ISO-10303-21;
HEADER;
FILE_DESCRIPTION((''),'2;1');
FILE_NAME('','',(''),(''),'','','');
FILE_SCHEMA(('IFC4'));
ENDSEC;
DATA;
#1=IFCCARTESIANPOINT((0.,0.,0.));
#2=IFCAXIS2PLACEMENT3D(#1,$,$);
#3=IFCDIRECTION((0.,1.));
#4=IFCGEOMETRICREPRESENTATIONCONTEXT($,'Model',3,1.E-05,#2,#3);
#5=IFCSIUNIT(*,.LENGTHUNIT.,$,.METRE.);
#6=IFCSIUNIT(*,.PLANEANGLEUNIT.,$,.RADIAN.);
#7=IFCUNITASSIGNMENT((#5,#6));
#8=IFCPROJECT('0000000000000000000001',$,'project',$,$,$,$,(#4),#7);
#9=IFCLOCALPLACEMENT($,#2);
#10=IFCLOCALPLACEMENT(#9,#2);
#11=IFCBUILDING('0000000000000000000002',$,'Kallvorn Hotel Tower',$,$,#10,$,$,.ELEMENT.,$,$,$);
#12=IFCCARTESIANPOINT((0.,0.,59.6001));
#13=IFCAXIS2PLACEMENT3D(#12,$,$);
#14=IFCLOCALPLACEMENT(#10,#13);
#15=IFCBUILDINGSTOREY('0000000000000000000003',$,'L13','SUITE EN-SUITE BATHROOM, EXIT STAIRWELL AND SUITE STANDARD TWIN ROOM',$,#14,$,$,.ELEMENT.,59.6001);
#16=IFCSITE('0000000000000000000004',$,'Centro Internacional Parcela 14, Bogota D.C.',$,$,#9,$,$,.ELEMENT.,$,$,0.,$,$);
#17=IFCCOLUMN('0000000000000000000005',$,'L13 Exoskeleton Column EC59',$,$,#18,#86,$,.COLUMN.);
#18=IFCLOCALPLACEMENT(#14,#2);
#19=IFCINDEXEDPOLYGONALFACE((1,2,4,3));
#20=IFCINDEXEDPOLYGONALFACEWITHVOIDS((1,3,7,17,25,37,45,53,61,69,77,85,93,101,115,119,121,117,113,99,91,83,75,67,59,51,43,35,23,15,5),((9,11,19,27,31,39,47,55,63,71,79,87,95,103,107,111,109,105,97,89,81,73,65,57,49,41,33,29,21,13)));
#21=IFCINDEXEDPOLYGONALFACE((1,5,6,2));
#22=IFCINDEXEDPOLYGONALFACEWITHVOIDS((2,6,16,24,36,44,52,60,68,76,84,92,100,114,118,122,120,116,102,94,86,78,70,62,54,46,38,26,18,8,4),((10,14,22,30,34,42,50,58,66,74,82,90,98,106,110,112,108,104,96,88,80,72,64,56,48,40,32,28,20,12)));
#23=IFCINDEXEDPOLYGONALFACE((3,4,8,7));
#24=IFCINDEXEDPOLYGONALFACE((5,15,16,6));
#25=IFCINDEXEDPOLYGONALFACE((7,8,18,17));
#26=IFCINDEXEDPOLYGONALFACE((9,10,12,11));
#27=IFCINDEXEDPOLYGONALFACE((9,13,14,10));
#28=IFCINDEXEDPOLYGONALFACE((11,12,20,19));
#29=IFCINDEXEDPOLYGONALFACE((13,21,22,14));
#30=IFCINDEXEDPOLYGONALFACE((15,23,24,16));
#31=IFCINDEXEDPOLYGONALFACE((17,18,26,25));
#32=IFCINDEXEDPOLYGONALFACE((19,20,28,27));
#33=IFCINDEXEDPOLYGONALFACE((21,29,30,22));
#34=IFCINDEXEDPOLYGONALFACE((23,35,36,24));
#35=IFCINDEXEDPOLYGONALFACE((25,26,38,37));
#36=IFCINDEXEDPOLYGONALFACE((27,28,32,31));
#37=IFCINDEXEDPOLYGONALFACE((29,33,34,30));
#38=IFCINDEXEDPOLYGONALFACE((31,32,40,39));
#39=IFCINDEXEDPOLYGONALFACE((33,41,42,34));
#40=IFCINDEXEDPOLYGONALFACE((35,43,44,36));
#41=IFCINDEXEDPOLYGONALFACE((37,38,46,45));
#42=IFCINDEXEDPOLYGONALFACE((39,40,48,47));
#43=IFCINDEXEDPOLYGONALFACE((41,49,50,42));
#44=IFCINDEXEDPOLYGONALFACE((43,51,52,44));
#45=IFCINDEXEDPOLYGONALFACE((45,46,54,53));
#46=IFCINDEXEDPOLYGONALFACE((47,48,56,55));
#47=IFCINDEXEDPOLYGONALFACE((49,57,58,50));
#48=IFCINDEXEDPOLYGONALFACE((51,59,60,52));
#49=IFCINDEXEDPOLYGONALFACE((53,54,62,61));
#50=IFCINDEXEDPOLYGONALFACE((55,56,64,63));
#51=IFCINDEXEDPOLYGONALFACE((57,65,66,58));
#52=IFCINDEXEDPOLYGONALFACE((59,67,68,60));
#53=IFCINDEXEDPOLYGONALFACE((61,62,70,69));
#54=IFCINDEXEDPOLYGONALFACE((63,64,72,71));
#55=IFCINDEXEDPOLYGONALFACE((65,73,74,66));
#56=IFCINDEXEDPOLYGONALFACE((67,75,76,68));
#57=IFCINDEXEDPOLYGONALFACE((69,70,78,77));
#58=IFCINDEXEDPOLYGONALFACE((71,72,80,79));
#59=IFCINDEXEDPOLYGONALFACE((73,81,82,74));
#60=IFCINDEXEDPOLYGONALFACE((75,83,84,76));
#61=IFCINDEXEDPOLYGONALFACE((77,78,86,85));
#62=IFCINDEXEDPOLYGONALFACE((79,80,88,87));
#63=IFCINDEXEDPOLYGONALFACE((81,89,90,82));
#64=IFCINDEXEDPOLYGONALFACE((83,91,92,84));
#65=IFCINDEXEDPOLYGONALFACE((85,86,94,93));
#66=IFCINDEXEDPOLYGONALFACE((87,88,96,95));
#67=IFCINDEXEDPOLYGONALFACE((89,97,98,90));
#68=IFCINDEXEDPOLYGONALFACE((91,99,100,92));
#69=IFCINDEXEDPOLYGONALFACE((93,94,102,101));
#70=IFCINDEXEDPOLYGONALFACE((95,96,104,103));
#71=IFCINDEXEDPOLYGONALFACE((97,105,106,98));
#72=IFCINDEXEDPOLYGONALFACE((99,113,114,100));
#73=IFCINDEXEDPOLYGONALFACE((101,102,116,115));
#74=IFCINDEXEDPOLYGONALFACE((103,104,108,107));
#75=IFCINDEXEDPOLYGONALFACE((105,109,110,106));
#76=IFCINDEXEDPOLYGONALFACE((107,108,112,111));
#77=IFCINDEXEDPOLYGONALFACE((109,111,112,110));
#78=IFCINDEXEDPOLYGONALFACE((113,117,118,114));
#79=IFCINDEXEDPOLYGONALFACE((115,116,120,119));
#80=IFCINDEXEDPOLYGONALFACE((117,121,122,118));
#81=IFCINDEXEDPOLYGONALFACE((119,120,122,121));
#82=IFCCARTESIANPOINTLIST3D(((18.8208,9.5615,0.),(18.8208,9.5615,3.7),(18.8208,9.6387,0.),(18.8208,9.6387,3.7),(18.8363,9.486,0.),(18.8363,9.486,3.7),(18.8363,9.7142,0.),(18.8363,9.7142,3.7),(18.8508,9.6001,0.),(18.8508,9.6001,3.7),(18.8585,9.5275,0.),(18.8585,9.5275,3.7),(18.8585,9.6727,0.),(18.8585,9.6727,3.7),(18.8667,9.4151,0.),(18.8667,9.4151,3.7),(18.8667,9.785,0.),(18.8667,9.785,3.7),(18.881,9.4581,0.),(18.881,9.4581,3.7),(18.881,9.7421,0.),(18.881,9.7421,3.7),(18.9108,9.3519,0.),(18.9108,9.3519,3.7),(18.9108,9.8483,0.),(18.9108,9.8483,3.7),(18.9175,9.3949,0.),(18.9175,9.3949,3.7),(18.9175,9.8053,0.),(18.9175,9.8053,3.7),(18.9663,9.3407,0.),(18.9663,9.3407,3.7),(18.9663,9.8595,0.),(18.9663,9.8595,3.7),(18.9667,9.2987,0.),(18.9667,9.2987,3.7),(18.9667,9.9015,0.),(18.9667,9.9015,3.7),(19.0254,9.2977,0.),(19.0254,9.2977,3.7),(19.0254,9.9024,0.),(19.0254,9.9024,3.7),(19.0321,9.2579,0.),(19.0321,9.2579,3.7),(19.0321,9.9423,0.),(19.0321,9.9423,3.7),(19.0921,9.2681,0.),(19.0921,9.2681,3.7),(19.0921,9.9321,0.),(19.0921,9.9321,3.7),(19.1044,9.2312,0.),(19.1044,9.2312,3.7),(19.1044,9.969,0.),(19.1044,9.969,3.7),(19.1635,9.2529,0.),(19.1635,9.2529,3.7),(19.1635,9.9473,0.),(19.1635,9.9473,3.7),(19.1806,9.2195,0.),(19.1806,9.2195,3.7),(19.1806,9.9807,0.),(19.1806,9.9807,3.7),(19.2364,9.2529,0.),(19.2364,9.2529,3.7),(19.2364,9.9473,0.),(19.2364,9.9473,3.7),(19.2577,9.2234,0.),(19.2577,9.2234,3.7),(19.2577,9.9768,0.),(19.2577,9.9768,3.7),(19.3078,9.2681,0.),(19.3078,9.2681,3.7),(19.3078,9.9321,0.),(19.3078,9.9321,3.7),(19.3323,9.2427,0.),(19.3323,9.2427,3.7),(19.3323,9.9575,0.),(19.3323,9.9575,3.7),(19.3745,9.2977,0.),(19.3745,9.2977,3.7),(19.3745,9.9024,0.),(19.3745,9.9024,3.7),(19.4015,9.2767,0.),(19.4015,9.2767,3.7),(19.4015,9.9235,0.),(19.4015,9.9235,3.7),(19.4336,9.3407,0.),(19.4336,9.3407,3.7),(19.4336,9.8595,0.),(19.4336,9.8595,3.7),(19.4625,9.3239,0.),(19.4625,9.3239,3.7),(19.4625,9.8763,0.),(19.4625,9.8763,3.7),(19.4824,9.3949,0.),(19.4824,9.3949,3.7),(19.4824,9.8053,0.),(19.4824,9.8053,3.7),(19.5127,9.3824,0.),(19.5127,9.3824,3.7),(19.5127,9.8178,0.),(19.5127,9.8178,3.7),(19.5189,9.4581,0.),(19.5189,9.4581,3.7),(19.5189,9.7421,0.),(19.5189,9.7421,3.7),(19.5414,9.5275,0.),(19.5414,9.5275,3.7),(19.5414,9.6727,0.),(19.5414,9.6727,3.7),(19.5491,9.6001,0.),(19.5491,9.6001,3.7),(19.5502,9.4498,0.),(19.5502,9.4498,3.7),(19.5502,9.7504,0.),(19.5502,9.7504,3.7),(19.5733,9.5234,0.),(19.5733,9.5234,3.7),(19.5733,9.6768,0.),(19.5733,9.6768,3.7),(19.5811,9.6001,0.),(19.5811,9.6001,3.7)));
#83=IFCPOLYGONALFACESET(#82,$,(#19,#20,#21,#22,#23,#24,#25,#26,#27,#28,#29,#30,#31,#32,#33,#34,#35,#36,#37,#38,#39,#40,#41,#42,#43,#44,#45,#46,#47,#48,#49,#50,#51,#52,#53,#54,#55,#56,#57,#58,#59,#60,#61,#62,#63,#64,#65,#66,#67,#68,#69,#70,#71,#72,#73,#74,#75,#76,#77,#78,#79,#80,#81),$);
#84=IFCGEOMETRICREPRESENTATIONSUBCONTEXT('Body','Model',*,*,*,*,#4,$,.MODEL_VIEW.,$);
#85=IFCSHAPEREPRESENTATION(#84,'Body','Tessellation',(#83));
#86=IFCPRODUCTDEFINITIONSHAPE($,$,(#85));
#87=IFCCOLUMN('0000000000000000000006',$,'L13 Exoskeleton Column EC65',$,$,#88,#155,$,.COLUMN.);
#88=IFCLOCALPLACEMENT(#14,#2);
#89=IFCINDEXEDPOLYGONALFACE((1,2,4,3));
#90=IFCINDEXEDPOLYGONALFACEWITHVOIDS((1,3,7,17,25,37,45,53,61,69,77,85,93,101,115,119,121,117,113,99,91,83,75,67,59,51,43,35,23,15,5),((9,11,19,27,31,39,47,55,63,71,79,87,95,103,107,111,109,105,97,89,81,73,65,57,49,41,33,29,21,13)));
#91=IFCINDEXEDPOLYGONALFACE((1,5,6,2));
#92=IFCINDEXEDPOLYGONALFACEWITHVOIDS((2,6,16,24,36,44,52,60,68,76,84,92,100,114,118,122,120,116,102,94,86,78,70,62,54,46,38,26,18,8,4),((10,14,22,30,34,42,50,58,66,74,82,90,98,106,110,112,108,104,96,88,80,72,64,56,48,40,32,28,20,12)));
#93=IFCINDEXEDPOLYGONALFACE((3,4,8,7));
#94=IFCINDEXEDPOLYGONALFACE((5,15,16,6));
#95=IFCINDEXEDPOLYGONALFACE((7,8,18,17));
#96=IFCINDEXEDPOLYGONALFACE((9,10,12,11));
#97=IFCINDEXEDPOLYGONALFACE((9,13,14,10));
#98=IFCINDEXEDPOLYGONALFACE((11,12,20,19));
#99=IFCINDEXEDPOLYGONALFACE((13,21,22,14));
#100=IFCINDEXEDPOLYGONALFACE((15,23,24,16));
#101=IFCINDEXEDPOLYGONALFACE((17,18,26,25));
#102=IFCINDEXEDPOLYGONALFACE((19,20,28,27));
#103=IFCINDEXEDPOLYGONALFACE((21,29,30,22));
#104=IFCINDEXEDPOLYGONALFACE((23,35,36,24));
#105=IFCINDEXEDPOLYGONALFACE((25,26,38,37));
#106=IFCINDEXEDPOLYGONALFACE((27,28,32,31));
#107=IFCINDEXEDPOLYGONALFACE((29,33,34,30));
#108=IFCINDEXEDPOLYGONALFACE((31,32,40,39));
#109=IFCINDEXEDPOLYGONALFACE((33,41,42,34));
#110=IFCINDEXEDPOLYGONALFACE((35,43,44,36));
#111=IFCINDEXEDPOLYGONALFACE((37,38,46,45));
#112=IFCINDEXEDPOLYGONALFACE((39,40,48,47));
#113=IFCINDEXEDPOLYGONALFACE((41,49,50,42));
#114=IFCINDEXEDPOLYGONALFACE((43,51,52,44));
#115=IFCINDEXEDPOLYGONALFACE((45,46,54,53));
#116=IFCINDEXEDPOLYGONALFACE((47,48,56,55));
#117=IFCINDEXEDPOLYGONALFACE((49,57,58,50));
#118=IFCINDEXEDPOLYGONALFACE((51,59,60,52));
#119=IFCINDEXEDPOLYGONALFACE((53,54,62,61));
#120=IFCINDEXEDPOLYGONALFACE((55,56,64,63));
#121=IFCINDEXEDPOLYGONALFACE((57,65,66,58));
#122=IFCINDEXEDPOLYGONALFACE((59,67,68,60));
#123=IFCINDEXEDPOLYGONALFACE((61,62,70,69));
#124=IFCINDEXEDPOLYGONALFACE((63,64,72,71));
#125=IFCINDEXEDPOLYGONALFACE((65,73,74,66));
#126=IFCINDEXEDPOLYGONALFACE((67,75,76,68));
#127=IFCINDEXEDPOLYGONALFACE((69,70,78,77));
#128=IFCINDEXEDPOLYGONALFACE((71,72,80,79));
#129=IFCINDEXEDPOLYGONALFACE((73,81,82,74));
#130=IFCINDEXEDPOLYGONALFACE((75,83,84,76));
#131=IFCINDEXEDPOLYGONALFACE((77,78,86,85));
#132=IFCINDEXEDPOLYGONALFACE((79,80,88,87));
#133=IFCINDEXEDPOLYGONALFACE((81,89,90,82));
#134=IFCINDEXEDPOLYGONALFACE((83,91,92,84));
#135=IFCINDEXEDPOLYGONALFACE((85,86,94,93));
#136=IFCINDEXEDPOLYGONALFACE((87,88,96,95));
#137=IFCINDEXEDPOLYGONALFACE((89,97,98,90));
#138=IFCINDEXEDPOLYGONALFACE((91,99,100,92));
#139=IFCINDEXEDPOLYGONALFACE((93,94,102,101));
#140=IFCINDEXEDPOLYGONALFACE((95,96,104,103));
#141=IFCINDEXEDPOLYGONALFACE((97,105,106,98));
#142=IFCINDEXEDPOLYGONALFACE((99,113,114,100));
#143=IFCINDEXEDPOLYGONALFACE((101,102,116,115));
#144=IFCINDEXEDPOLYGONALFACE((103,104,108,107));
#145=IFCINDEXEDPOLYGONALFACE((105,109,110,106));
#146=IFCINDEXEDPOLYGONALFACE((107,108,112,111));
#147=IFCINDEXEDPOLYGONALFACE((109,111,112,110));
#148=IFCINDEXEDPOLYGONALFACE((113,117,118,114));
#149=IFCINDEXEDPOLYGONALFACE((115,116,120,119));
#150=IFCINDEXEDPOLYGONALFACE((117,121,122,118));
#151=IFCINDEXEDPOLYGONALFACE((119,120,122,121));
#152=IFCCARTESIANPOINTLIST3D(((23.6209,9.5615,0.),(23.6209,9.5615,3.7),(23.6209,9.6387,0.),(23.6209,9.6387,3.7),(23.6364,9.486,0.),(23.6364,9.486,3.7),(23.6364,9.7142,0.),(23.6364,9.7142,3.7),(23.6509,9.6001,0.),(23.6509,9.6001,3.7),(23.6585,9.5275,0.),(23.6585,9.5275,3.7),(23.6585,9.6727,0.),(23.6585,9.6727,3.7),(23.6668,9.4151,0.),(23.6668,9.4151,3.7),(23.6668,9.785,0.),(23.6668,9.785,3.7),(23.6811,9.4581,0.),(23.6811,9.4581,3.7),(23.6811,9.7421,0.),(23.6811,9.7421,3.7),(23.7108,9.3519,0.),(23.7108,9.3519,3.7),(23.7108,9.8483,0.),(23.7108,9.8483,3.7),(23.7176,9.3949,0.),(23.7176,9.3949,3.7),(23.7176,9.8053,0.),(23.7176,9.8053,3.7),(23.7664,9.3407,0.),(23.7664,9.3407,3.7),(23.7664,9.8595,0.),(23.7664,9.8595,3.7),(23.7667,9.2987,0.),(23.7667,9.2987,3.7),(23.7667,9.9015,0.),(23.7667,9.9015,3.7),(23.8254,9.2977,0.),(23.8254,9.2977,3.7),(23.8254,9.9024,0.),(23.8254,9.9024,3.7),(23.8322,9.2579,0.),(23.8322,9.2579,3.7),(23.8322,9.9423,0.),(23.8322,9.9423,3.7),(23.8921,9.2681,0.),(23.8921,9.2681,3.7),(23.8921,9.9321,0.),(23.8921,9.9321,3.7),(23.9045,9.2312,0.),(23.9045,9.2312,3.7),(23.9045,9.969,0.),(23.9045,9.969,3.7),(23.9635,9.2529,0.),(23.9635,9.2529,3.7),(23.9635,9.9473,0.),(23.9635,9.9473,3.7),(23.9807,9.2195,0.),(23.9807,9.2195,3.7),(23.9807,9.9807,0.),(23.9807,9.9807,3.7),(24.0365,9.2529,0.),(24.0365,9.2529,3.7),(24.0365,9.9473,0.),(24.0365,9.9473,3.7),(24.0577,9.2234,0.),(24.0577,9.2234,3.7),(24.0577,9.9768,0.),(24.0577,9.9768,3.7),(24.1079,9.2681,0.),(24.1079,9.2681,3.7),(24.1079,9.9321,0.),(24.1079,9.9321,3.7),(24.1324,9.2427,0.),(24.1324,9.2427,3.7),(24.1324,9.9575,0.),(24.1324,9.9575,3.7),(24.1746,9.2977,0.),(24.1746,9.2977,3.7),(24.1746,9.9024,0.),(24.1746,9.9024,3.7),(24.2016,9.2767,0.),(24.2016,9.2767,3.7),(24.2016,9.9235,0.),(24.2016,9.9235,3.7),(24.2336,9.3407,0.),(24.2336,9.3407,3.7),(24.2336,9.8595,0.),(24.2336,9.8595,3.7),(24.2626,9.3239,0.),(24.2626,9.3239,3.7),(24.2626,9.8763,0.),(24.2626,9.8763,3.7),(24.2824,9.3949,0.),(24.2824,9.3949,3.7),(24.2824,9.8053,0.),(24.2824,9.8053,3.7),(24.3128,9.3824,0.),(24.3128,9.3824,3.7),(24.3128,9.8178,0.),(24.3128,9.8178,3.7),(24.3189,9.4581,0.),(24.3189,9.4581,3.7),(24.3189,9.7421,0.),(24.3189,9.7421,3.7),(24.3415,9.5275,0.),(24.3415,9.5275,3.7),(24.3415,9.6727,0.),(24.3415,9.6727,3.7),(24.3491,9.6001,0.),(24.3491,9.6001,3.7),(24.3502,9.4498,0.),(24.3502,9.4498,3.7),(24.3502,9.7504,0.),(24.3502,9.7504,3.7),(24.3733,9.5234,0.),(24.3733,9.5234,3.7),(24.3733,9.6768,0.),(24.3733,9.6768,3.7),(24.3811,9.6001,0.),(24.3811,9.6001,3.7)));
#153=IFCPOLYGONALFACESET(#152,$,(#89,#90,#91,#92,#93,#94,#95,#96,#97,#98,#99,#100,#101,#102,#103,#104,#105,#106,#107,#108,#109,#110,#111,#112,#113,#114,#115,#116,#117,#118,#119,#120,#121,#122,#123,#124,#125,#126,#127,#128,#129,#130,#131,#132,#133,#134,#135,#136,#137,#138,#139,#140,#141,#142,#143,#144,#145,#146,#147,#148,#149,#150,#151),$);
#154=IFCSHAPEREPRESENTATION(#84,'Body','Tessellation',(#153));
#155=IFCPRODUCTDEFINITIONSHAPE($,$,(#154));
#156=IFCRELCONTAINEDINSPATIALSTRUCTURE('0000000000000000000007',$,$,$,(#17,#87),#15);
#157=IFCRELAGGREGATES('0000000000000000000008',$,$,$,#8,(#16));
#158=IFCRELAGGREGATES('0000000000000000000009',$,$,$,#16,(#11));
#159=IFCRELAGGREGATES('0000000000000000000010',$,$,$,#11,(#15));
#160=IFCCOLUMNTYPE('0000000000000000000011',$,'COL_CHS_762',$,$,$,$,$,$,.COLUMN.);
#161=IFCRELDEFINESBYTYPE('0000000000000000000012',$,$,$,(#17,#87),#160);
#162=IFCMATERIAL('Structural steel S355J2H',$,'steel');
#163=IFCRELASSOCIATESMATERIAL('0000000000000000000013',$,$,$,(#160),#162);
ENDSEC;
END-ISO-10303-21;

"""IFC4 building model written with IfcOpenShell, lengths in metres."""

from ifc_helpers import new_model, si_unit, direction, frame, origin, origin_2d, place, context, subcontext, project, spatial, hollow_circle, extrude, material, material_profile, profile_set, type_object, element, save


model = new_model("IFC4")

# Units and contexts
model_context = context("Model", 3, precision=1e-05, world=origin(), true_north=direction((0.0, 1.0)))
body_context = subcontext(model_context, "Body", "Model", "MODEL_VIEW")
ifc_project = project(units=[si_unit("LENGTHUNIT", "METRE"), si_unit("PLANEANGLEUNIT", "RADIAN")], contexts=[model_context])

# Site, building, storey
site_placement = place(None, origin())
site = spatial("IfcSite", under=ifc_project, at=site_placement, Name="Centro Internacional Parcela 14, Bogota D.C.", CompositionType="ELEMENT", RefElevation=0.0)
building_placement = place(site_placement, origin())
building = spatial("IfcBuilding", under=site, at=building_placement, Name="Kallvorn Hotel Tower", CompositionType="ELEMENT")
storey_placement = place(building_placement, frame((0.0, 0.0, 59.6001)))
storey = spatial("IfcBuildingStorey", under=building, at=storey_placement, Name="L13", Description="SUITE EN-SUITE BATHROOM, EXIT STAIRWELL AND SUITE STANDARD TWIN ROOM", CompositionType="ELEMENT", Elevation=59.6001)

# Columns
ifc_material_1 = material(Name="Structural steel S355J2H", Category="steel")
ifc_material_profile_1 = material_profile(ifc_material_1, hollow_circle(Radius=0.3811, WallThickness=0.032, at=origin_2d()), Name="CHS 762x32")
ifc_profile_set_1 = profile_set([ifc_material_profile_1], Name="Structural steel S355J2H")
column_type_1 = type_object("IfcColumnType", Name="COL_CHS_762", PredefinedType="COLUMN", material=ifc_profile_set_1)
for number, where, z_axis, x_axis, name in (
    (1, (19.2, 9.6001, 0.0), (0.0, 0.0, 1.0), (1.0, 0.0, 0.0), "L13 Exoskeleton Column EC59"),
    (2, (24.0, 9.6001, 0.0), (0.0, 0.0, 1.0), (1.0, 0.0, 0.0), "L13 Exoskeleton Column EC65"),
):
    element("IfcColumn", number, at=place(storey_placement, frame(where, z_axis=z_axis, x_axis=x_axis)), inside=storey, type_object=column_type_1, Name=name, PredefinedType="COLUMN", context=body_context, shape_type="SweptSolid", body=[
        extrude(hollow_circle(Radius=0.3811, WallThickness=0.032, at=origin_2d()), origin(), (0.0, 0.0, 1.0), 3.7),
    ])

save(model, "model.ifc")
